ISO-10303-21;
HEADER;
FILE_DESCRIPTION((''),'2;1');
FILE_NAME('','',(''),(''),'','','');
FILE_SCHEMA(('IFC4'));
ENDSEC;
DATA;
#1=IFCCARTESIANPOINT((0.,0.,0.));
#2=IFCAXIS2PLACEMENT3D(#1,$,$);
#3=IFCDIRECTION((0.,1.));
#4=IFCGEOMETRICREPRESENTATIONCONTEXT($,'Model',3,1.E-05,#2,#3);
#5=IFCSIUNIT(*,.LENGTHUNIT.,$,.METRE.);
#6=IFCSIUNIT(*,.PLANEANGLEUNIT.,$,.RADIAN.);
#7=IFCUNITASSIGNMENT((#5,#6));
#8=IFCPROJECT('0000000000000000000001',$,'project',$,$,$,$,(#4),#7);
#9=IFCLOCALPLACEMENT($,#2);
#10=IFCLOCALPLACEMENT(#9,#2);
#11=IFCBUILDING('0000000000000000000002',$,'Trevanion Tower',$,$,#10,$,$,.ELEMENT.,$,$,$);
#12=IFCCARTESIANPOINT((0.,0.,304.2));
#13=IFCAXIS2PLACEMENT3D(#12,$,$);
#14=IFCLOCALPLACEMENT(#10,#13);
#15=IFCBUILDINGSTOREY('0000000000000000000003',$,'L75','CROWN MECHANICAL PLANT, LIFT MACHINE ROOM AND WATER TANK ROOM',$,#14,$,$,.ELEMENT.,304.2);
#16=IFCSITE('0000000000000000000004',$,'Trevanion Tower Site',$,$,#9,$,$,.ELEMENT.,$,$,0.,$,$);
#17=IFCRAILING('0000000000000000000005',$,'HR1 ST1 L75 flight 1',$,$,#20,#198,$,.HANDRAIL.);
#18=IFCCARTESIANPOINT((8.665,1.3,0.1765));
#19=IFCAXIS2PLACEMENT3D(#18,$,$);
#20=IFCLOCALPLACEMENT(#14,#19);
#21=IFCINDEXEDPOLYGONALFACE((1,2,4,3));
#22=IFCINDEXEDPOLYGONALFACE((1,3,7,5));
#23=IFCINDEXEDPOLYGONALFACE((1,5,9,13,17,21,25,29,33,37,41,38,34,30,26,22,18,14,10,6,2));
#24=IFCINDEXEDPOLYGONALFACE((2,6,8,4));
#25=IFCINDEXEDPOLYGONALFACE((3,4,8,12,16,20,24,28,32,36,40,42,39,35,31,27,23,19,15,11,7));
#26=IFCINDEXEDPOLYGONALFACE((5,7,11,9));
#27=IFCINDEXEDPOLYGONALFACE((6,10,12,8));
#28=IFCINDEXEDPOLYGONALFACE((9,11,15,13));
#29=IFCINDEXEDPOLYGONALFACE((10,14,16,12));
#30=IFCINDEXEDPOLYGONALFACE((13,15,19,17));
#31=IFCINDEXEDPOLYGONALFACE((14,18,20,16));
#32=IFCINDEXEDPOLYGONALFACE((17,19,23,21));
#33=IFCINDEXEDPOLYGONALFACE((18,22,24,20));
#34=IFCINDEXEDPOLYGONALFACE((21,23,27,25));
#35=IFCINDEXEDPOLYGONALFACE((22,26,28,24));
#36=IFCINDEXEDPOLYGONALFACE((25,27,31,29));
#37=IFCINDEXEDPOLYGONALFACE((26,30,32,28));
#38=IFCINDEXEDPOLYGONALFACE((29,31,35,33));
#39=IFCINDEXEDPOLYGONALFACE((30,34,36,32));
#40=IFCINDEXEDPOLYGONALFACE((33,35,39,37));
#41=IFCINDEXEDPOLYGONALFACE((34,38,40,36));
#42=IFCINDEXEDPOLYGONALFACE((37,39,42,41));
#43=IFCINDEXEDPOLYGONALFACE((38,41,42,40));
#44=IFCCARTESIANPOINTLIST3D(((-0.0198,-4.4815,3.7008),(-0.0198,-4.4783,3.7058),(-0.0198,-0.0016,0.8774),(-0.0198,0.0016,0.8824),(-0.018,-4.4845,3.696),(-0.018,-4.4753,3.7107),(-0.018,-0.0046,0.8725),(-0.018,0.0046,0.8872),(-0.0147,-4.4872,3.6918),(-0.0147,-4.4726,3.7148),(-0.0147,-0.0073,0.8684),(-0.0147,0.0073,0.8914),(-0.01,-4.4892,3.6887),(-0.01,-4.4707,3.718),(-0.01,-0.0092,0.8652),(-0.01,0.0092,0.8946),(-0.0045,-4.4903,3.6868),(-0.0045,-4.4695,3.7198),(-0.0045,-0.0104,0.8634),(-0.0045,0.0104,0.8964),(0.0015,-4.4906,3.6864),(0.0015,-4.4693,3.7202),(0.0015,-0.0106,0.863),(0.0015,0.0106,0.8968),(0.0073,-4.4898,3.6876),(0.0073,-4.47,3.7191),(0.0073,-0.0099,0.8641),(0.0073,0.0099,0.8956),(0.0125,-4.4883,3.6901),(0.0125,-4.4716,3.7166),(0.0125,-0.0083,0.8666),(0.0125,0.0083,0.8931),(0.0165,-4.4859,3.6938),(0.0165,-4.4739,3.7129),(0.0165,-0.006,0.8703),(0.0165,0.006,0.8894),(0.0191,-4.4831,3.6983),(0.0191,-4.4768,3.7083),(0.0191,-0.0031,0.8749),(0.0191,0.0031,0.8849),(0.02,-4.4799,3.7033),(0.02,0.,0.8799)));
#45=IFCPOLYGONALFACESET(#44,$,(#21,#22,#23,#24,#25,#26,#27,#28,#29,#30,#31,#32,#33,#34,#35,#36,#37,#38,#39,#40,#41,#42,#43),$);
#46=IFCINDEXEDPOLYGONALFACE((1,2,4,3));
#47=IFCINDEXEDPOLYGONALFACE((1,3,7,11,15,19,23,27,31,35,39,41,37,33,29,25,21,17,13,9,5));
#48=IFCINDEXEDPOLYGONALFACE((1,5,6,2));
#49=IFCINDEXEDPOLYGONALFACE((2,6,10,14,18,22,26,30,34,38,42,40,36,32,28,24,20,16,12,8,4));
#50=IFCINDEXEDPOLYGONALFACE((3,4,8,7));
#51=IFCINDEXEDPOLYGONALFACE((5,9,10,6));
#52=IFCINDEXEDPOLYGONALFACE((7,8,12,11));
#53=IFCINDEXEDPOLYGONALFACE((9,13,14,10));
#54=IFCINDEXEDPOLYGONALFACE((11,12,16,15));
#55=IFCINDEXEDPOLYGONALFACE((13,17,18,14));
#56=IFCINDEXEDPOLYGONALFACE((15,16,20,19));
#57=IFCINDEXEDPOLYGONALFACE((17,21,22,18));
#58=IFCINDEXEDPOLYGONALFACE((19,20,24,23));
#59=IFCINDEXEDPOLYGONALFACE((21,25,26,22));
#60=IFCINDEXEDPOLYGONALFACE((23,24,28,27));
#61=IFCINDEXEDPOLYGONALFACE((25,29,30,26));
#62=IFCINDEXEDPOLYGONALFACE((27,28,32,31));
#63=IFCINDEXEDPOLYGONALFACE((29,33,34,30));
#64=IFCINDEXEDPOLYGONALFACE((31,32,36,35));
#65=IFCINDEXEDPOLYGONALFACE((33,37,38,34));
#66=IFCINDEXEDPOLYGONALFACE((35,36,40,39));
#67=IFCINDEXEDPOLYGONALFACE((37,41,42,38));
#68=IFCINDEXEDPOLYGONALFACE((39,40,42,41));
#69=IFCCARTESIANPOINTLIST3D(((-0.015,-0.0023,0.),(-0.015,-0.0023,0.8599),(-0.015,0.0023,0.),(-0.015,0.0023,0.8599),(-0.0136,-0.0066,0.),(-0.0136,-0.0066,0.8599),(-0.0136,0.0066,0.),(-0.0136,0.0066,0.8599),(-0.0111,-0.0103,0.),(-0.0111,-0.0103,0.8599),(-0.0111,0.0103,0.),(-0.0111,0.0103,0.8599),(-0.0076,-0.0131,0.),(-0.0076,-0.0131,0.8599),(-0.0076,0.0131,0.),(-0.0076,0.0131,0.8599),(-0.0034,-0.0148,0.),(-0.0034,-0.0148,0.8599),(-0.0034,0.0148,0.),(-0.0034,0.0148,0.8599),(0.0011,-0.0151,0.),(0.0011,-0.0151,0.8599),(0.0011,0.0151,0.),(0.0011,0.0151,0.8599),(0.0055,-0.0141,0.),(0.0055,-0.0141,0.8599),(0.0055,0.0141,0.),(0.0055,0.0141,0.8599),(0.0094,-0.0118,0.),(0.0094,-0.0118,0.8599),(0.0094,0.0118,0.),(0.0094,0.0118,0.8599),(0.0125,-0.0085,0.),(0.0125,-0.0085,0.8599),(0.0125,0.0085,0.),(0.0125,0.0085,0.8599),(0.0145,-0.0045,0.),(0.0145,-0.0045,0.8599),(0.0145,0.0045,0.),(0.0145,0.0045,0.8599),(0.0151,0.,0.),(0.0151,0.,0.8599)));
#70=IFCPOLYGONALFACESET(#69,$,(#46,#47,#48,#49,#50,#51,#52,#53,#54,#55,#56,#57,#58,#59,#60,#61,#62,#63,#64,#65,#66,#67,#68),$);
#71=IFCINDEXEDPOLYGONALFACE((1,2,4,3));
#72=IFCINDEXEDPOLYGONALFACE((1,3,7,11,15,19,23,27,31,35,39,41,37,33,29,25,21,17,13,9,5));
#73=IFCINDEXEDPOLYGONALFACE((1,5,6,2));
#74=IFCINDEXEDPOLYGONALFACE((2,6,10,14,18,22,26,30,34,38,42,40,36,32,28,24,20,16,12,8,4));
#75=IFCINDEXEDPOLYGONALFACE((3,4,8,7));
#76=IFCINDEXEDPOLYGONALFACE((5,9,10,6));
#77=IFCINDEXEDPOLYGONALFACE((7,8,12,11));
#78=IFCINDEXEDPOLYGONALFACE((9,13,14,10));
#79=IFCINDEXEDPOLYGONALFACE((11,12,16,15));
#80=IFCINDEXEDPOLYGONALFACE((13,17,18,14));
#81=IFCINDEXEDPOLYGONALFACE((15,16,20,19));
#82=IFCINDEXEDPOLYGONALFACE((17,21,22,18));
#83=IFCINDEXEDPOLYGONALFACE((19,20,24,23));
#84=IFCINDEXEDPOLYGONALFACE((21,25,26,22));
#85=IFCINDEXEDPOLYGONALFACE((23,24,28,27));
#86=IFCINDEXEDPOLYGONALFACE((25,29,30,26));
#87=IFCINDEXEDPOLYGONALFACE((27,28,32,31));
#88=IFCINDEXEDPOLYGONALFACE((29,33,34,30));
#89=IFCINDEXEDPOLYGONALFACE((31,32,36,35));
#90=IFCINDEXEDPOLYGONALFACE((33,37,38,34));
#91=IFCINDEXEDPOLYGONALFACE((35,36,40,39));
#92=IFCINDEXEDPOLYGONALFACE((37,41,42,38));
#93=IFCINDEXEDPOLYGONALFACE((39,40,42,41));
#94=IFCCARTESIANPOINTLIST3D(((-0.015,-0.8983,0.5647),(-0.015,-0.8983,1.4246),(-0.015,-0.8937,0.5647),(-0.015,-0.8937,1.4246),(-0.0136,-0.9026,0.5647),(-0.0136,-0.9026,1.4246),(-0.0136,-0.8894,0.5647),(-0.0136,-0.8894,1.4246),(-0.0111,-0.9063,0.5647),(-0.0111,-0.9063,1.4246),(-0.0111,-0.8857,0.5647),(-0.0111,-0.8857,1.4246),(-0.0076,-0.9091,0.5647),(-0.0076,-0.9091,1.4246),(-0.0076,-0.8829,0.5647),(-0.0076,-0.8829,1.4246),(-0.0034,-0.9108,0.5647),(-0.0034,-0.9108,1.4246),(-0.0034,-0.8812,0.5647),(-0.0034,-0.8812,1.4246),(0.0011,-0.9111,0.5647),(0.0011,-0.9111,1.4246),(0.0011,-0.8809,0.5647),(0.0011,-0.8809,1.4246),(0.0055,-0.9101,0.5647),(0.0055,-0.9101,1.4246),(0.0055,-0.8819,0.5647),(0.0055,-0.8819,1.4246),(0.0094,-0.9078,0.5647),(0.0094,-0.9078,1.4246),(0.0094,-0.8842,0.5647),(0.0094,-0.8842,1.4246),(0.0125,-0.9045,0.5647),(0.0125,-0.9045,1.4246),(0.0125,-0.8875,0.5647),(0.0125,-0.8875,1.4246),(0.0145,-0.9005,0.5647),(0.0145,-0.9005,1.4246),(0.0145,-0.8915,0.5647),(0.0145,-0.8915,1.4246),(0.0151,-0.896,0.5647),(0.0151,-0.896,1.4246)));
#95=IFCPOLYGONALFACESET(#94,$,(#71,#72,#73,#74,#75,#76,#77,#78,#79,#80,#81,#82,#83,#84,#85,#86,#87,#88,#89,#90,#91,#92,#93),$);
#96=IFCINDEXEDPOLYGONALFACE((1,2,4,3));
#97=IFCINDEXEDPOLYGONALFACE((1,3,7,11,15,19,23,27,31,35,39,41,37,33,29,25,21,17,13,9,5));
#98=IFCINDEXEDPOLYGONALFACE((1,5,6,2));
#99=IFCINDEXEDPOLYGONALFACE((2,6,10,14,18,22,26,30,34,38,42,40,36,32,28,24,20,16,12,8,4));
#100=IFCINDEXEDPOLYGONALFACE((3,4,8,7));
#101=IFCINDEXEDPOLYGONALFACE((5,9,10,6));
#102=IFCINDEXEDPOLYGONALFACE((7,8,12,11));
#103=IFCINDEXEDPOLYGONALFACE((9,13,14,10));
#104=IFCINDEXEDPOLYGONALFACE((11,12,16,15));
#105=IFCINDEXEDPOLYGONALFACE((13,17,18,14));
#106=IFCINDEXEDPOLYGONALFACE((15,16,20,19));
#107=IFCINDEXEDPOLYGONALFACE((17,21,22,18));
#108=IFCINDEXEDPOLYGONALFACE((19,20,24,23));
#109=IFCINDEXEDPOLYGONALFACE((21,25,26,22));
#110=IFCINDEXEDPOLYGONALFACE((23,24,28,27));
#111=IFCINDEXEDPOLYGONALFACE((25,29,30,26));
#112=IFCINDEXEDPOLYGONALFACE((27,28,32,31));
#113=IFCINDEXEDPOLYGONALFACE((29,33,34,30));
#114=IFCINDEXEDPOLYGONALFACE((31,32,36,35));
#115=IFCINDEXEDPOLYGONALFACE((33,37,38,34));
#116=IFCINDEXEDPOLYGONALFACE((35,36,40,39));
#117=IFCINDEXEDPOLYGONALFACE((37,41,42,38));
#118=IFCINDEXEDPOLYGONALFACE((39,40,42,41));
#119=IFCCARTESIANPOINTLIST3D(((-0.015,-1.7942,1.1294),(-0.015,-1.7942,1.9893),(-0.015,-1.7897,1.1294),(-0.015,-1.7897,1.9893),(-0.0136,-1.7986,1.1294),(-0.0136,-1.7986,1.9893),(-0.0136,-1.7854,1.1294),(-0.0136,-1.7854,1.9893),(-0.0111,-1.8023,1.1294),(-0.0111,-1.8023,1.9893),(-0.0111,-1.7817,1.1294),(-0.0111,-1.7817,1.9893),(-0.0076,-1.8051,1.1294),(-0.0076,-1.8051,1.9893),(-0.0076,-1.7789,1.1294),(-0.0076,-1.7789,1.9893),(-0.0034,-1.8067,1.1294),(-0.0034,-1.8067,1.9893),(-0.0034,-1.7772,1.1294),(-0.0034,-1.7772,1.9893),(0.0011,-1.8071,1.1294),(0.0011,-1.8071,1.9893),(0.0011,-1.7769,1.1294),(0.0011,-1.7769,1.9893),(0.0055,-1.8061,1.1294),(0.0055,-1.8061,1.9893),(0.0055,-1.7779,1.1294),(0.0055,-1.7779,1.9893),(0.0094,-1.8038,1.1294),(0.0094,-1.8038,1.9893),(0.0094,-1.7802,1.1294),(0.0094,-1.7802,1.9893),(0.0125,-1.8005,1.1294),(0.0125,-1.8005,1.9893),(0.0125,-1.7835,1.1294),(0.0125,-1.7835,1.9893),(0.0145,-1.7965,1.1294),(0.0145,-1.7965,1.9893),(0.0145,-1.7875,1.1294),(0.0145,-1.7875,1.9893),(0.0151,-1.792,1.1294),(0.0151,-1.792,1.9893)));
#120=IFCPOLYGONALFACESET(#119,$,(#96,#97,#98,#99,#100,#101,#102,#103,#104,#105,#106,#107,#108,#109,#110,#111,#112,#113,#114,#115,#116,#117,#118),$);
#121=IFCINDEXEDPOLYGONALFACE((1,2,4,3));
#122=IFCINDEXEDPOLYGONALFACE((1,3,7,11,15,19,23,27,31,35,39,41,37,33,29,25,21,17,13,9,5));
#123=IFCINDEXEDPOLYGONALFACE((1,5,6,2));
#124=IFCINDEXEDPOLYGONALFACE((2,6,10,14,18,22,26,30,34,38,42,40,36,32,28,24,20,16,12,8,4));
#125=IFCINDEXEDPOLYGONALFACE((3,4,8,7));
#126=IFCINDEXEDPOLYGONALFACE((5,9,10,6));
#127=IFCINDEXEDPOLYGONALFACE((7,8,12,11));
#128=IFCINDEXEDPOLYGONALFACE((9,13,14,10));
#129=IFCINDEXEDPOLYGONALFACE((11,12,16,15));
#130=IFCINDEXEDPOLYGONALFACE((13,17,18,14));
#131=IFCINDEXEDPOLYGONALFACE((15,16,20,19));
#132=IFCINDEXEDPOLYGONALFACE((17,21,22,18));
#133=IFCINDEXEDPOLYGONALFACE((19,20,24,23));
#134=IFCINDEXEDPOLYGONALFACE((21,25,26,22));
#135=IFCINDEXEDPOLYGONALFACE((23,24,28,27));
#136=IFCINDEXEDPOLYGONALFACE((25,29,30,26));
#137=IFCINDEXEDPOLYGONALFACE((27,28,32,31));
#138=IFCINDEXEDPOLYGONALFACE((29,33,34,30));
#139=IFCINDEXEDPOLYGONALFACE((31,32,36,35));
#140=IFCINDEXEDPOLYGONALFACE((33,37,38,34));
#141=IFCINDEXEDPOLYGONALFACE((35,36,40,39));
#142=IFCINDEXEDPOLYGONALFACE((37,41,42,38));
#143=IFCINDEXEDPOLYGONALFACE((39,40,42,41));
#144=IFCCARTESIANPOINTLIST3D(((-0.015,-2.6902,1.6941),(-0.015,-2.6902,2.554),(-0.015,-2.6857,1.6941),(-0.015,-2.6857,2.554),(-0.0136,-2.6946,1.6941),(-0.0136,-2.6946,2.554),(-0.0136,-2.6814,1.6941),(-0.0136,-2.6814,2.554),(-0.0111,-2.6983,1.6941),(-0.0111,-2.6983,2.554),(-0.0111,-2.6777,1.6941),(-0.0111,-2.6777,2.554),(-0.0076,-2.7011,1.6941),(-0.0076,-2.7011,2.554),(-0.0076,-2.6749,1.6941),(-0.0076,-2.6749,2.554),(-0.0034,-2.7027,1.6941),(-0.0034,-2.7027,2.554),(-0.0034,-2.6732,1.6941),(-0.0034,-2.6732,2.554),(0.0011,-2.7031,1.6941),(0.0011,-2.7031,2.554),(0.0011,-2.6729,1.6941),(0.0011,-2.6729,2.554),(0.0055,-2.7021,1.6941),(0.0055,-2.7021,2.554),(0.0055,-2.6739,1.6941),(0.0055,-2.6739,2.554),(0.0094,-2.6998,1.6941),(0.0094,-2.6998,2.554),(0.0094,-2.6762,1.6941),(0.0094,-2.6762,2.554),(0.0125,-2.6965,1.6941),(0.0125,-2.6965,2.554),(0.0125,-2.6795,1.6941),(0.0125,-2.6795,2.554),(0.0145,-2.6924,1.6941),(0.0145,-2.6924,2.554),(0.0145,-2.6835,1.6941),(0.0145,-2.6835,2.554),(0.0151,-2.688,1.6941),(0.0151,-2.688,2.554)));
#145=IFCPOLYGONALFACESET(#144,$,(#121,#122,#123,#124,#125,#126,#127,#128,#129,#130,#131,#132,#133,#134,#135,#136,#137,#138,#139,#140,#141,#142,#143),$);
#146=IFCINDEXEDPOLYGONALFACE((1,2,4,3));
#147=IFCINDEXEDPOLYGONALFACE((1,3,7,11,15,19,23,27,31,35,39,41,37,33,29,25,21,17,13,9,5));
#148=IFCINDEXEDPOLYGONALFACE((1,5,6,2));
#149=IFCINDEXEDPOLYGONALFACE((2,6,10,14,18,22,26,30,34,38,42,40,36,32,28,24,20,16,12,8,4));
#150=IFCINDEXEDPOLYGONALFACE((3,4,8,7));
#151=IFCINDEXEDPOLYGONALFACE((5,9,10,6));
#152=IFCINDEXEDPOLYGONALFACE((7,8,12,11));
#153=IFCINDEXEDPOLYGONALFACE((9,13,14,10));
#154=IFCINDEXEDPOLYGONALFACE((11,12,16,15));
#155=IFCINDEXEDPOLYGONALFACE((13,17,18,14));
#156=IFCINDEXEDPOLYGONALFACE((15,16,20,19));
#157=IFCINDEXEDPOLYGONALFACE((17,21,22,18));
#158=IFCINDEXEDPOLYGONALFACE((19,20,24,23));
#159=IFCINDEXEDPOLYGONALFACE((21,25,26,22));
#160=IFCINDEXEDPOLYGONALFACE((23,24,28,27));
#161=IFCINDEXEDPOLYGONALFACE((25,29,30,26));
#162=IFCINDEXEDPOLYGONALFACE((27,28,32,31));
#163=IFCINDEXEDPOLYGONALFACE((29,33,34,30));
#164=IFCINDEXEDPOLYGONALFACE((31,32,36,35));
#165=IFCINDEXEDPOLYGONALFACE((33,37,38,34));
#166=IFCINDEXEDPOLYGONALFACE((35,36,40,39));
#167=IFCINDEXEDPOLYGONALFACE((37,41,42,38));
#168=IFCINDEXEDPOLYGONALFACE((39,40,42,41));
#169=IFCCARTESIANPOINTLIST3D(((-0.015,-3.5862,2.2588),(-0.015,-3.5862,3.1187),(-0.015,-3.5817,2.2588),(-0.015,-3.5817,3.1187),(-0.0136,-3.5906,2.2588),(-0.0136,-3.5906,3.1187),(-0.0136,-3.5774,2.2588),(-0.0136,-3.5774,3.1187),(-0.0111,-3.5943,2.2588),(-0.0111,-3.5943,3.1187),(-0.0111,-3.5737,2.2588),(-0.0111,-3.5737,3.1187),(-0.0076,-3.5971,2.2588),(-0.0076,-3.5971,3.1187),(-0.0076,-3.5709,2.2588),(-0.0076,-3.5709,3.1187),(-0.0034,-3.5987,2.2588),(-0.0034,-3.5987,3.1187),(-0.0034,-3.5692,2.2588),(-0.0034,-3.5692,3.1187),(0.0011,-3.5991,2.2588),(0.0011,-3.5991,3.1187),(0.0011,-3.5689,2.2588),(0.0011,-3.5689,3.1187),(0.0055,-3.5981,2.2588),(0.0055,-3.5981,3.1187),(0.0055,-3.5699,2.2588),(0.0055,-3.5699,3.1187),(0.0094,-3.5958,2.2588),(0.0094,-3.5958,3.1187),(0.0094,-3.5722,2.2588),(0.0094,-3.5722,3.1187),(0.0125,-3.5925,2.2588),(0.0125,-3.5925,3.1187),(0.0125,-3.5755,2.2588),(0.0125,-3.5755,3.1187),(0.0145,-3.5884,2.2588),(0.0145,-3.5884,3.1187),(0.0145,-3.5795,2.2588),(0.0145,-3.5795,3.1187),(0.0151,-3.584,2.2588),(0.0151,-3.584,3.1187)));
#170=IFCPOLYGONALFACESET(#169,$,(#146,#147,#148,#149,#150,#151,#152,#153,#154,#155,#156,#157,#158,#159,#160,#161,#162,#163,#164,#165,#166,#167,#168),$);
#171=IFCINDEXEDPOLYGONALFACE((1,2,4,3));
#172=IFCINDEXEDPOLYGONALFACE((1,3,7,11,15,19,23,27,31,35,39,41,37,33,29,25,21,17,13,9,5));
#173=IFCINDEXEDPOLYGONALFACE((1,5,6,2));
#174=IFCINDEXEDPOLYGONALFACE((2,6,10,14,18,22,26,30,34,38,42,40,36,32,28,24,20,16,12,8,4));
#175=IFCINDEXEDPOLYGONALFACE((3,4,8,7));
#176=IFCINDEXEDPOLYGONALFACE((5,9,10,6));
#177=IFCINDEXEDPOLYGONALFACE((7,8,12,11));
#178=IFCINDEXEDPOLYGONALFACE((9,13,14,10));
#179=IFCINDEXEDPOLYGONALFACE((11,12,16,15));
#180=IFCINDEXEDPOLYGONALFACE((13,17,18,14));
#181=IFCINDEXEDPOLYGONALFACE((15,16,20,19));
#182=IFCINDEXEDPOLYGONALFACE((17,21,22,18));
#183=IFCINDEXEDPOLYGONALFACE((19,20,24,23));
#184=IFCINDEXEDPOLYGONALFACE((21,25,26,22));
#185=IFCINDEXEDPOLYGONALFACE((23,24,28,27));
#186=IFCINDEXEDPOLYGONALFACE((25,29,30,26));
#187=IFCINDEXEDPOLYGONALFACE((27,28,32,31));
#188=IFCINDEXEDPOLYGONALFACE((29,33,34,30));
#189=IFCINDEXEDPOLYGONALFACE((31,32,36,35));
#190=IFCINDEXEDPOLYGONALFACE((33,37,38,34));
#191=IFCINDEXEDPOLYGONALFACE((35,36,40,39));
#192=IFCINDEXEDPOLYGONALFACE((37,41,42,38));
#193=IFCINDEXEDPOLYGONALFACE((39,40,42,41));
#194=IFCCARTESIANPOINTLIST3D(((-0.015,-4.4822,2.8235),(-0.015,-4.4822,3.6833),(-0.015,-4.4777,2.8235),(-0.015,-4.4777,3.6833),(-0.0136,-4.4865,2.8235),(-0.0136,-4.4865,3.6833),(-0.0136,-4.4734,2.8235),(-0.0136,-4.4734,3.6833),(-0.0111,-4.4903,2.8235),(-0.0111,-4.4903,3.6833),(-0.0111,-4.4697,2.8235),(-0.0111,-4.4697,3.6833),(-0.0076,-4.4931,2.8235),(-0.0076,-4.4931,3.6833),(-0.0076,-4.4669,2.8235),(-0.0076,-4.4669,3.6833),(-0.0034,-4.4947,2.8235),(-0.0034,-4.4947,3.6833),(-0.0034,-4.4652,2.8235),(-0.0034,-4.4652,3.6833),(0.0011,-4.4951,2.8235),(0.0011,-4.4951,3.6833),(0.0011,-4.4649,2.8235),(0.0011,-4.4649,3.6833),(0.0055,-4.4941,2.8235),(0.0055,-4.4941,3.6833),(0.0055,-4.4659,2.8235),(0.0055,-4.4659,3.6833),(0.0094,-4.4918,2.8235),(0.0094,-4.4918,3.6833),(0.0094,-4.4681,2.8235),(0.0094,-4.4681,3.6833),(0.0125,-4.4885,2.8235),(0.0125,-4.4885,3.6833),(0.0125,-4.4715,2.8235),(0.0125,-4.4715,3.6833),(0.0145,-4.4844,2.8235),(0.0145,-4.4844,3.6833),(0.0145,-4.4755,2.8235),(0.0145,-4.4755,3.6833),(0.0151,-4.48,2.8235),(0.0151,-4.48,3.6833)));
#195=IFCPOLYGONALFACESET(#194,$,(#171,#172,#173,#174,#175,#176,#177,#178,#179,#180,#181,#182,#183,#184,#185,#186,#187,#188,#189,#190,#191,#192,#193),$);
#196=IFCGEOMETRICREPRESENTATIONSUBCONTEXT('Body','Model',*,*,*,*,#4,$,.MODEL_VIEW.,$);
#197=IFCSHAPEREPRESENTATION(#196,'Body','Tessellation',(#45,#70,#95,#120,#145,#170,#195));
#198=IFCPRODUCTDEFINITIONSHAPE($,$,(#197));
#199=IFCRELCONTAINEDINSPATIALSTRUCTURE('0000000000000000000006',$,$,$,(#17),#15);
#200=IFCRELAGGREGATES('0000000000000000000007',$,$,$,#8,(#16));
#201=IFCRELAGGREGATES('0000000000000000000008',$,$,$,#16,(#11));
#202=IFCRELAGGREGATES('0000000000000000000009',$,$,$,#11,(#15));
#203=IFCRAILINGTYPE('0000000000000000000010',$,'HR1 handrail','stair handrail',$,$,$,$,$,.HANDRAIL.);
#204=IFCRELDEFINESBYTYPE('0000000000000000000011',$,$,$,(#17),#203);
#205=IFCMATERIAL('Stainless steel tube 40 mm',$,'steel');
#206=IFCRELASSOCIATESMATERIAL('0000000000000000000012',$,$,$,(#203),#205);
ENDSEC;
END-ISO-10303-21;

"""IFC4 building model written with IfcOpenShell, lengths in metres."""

from ifc_helpers import new_model, si_unit, direction, frame, origin, origin_2d, place, context, subcontext, project, spatial, circle, extrude, material, type_object, element, save


model = new_model("IFC4")

# Units and contexts
model_context = context("Model", 3, precision=1e-05, world=origin(), true_north=direction((0.0, 1.0)))
body_context = subcontext(model_context, "Body", "Model", "MODEL_VIEW")
ifc_project = project(units=[si_unit("LENGTHUNIT", "METRE"), si_unit("PLANEANGLEUNIT", "RADIAN")], contexts=[model_context])

# Site, building, storey
site_placement = place(None, origin())
site = spatial("IfcSite", under=ifc_project, at=site_placement, Name="Trevanion Tower Site", CompositionType="ELEMENT", RefElevation=0.0)
building_placement = place(site_placement, origin())
building = spatial("IfcBuilding", under=site, at=building_placement, Name="Trevanion Tower", CompositionType="ELEMENT")
storey_placement = place(building_placement, frame((0.0, 0.0, 304.2)))
storey = spatial("IfcBuildingStorey", under=building, at=storey_placement, Name="L75", Description="CROWN MECHANICAL PLANT, LIFT MACHINE ROOM AND WATER TANK ROOM", CompositionType="ELEMENT", Elevation=304.2)

# Railing
ifc_material_1 = material(Name="Stainless steel tube 40 mm", Category="steel")
railing_type = type_object("IfcRailingType", Name="HR1 handrail", Description="stair handrail", PredefinedType="HANDRAIL", material=ifc_material_1)
for number, where, name in (
    (1, (8.665, 1.3, 0.1765), "HR1 ST1 L75 flight 1"),
):
    element("IfcRailing", number, at=place(storey_placement, frame(where)), inside=storey, type_object=railing_type, Name=name, PredefinedType="HANDRAIL", context=body_context, shape_type="SweptSolid", body=[
        extrude(circle(Radius=0.02, at=origin_2d()), frame((0.0, 0.0, 0.8799), z_axis=(0.0, -0.845998, 0.533186), x_axis=(1.0, 0.0, 0.0)), (0.0, 0.0, 1.0), 5.2954),
        extrude(circle(Radius=0.0151, at=origin_2d()), origin(), (0.0, 0.0, 1.0), 0.8599),
        extrude(circle(Radius=0.0151, at=origin_2d()), frame((0.0, -0.896, 0.5647)), (0.0, 0.0, 1.0), 0.8599),
        extrude(circle(Radius=0.0151, at=origin_2d()), frame((0.0, -1.792, 1.1294)), (0.0, 0.0, 1.0), 0.8599),
        extrude(circle(Radius=0.0151, at=origin_2d()), frame((0.0, -2.688, 1.6941)), (0.0, 0.0, 1.0), 0.8599),
        extrude(circle(Radius=0.0151, at=origin_2d()), frame((0.0, -3.584, 2.2588)), (0.0, 0.0, 1.0), 0.8599),
        extrude(circle(Radius=0.0151, at=origin_2d()), frame((0.0, -4.48, 2.8235)), (0.0, 0.0, 1.0), 0.8599),
    ])

save(model, "model.ifc")
